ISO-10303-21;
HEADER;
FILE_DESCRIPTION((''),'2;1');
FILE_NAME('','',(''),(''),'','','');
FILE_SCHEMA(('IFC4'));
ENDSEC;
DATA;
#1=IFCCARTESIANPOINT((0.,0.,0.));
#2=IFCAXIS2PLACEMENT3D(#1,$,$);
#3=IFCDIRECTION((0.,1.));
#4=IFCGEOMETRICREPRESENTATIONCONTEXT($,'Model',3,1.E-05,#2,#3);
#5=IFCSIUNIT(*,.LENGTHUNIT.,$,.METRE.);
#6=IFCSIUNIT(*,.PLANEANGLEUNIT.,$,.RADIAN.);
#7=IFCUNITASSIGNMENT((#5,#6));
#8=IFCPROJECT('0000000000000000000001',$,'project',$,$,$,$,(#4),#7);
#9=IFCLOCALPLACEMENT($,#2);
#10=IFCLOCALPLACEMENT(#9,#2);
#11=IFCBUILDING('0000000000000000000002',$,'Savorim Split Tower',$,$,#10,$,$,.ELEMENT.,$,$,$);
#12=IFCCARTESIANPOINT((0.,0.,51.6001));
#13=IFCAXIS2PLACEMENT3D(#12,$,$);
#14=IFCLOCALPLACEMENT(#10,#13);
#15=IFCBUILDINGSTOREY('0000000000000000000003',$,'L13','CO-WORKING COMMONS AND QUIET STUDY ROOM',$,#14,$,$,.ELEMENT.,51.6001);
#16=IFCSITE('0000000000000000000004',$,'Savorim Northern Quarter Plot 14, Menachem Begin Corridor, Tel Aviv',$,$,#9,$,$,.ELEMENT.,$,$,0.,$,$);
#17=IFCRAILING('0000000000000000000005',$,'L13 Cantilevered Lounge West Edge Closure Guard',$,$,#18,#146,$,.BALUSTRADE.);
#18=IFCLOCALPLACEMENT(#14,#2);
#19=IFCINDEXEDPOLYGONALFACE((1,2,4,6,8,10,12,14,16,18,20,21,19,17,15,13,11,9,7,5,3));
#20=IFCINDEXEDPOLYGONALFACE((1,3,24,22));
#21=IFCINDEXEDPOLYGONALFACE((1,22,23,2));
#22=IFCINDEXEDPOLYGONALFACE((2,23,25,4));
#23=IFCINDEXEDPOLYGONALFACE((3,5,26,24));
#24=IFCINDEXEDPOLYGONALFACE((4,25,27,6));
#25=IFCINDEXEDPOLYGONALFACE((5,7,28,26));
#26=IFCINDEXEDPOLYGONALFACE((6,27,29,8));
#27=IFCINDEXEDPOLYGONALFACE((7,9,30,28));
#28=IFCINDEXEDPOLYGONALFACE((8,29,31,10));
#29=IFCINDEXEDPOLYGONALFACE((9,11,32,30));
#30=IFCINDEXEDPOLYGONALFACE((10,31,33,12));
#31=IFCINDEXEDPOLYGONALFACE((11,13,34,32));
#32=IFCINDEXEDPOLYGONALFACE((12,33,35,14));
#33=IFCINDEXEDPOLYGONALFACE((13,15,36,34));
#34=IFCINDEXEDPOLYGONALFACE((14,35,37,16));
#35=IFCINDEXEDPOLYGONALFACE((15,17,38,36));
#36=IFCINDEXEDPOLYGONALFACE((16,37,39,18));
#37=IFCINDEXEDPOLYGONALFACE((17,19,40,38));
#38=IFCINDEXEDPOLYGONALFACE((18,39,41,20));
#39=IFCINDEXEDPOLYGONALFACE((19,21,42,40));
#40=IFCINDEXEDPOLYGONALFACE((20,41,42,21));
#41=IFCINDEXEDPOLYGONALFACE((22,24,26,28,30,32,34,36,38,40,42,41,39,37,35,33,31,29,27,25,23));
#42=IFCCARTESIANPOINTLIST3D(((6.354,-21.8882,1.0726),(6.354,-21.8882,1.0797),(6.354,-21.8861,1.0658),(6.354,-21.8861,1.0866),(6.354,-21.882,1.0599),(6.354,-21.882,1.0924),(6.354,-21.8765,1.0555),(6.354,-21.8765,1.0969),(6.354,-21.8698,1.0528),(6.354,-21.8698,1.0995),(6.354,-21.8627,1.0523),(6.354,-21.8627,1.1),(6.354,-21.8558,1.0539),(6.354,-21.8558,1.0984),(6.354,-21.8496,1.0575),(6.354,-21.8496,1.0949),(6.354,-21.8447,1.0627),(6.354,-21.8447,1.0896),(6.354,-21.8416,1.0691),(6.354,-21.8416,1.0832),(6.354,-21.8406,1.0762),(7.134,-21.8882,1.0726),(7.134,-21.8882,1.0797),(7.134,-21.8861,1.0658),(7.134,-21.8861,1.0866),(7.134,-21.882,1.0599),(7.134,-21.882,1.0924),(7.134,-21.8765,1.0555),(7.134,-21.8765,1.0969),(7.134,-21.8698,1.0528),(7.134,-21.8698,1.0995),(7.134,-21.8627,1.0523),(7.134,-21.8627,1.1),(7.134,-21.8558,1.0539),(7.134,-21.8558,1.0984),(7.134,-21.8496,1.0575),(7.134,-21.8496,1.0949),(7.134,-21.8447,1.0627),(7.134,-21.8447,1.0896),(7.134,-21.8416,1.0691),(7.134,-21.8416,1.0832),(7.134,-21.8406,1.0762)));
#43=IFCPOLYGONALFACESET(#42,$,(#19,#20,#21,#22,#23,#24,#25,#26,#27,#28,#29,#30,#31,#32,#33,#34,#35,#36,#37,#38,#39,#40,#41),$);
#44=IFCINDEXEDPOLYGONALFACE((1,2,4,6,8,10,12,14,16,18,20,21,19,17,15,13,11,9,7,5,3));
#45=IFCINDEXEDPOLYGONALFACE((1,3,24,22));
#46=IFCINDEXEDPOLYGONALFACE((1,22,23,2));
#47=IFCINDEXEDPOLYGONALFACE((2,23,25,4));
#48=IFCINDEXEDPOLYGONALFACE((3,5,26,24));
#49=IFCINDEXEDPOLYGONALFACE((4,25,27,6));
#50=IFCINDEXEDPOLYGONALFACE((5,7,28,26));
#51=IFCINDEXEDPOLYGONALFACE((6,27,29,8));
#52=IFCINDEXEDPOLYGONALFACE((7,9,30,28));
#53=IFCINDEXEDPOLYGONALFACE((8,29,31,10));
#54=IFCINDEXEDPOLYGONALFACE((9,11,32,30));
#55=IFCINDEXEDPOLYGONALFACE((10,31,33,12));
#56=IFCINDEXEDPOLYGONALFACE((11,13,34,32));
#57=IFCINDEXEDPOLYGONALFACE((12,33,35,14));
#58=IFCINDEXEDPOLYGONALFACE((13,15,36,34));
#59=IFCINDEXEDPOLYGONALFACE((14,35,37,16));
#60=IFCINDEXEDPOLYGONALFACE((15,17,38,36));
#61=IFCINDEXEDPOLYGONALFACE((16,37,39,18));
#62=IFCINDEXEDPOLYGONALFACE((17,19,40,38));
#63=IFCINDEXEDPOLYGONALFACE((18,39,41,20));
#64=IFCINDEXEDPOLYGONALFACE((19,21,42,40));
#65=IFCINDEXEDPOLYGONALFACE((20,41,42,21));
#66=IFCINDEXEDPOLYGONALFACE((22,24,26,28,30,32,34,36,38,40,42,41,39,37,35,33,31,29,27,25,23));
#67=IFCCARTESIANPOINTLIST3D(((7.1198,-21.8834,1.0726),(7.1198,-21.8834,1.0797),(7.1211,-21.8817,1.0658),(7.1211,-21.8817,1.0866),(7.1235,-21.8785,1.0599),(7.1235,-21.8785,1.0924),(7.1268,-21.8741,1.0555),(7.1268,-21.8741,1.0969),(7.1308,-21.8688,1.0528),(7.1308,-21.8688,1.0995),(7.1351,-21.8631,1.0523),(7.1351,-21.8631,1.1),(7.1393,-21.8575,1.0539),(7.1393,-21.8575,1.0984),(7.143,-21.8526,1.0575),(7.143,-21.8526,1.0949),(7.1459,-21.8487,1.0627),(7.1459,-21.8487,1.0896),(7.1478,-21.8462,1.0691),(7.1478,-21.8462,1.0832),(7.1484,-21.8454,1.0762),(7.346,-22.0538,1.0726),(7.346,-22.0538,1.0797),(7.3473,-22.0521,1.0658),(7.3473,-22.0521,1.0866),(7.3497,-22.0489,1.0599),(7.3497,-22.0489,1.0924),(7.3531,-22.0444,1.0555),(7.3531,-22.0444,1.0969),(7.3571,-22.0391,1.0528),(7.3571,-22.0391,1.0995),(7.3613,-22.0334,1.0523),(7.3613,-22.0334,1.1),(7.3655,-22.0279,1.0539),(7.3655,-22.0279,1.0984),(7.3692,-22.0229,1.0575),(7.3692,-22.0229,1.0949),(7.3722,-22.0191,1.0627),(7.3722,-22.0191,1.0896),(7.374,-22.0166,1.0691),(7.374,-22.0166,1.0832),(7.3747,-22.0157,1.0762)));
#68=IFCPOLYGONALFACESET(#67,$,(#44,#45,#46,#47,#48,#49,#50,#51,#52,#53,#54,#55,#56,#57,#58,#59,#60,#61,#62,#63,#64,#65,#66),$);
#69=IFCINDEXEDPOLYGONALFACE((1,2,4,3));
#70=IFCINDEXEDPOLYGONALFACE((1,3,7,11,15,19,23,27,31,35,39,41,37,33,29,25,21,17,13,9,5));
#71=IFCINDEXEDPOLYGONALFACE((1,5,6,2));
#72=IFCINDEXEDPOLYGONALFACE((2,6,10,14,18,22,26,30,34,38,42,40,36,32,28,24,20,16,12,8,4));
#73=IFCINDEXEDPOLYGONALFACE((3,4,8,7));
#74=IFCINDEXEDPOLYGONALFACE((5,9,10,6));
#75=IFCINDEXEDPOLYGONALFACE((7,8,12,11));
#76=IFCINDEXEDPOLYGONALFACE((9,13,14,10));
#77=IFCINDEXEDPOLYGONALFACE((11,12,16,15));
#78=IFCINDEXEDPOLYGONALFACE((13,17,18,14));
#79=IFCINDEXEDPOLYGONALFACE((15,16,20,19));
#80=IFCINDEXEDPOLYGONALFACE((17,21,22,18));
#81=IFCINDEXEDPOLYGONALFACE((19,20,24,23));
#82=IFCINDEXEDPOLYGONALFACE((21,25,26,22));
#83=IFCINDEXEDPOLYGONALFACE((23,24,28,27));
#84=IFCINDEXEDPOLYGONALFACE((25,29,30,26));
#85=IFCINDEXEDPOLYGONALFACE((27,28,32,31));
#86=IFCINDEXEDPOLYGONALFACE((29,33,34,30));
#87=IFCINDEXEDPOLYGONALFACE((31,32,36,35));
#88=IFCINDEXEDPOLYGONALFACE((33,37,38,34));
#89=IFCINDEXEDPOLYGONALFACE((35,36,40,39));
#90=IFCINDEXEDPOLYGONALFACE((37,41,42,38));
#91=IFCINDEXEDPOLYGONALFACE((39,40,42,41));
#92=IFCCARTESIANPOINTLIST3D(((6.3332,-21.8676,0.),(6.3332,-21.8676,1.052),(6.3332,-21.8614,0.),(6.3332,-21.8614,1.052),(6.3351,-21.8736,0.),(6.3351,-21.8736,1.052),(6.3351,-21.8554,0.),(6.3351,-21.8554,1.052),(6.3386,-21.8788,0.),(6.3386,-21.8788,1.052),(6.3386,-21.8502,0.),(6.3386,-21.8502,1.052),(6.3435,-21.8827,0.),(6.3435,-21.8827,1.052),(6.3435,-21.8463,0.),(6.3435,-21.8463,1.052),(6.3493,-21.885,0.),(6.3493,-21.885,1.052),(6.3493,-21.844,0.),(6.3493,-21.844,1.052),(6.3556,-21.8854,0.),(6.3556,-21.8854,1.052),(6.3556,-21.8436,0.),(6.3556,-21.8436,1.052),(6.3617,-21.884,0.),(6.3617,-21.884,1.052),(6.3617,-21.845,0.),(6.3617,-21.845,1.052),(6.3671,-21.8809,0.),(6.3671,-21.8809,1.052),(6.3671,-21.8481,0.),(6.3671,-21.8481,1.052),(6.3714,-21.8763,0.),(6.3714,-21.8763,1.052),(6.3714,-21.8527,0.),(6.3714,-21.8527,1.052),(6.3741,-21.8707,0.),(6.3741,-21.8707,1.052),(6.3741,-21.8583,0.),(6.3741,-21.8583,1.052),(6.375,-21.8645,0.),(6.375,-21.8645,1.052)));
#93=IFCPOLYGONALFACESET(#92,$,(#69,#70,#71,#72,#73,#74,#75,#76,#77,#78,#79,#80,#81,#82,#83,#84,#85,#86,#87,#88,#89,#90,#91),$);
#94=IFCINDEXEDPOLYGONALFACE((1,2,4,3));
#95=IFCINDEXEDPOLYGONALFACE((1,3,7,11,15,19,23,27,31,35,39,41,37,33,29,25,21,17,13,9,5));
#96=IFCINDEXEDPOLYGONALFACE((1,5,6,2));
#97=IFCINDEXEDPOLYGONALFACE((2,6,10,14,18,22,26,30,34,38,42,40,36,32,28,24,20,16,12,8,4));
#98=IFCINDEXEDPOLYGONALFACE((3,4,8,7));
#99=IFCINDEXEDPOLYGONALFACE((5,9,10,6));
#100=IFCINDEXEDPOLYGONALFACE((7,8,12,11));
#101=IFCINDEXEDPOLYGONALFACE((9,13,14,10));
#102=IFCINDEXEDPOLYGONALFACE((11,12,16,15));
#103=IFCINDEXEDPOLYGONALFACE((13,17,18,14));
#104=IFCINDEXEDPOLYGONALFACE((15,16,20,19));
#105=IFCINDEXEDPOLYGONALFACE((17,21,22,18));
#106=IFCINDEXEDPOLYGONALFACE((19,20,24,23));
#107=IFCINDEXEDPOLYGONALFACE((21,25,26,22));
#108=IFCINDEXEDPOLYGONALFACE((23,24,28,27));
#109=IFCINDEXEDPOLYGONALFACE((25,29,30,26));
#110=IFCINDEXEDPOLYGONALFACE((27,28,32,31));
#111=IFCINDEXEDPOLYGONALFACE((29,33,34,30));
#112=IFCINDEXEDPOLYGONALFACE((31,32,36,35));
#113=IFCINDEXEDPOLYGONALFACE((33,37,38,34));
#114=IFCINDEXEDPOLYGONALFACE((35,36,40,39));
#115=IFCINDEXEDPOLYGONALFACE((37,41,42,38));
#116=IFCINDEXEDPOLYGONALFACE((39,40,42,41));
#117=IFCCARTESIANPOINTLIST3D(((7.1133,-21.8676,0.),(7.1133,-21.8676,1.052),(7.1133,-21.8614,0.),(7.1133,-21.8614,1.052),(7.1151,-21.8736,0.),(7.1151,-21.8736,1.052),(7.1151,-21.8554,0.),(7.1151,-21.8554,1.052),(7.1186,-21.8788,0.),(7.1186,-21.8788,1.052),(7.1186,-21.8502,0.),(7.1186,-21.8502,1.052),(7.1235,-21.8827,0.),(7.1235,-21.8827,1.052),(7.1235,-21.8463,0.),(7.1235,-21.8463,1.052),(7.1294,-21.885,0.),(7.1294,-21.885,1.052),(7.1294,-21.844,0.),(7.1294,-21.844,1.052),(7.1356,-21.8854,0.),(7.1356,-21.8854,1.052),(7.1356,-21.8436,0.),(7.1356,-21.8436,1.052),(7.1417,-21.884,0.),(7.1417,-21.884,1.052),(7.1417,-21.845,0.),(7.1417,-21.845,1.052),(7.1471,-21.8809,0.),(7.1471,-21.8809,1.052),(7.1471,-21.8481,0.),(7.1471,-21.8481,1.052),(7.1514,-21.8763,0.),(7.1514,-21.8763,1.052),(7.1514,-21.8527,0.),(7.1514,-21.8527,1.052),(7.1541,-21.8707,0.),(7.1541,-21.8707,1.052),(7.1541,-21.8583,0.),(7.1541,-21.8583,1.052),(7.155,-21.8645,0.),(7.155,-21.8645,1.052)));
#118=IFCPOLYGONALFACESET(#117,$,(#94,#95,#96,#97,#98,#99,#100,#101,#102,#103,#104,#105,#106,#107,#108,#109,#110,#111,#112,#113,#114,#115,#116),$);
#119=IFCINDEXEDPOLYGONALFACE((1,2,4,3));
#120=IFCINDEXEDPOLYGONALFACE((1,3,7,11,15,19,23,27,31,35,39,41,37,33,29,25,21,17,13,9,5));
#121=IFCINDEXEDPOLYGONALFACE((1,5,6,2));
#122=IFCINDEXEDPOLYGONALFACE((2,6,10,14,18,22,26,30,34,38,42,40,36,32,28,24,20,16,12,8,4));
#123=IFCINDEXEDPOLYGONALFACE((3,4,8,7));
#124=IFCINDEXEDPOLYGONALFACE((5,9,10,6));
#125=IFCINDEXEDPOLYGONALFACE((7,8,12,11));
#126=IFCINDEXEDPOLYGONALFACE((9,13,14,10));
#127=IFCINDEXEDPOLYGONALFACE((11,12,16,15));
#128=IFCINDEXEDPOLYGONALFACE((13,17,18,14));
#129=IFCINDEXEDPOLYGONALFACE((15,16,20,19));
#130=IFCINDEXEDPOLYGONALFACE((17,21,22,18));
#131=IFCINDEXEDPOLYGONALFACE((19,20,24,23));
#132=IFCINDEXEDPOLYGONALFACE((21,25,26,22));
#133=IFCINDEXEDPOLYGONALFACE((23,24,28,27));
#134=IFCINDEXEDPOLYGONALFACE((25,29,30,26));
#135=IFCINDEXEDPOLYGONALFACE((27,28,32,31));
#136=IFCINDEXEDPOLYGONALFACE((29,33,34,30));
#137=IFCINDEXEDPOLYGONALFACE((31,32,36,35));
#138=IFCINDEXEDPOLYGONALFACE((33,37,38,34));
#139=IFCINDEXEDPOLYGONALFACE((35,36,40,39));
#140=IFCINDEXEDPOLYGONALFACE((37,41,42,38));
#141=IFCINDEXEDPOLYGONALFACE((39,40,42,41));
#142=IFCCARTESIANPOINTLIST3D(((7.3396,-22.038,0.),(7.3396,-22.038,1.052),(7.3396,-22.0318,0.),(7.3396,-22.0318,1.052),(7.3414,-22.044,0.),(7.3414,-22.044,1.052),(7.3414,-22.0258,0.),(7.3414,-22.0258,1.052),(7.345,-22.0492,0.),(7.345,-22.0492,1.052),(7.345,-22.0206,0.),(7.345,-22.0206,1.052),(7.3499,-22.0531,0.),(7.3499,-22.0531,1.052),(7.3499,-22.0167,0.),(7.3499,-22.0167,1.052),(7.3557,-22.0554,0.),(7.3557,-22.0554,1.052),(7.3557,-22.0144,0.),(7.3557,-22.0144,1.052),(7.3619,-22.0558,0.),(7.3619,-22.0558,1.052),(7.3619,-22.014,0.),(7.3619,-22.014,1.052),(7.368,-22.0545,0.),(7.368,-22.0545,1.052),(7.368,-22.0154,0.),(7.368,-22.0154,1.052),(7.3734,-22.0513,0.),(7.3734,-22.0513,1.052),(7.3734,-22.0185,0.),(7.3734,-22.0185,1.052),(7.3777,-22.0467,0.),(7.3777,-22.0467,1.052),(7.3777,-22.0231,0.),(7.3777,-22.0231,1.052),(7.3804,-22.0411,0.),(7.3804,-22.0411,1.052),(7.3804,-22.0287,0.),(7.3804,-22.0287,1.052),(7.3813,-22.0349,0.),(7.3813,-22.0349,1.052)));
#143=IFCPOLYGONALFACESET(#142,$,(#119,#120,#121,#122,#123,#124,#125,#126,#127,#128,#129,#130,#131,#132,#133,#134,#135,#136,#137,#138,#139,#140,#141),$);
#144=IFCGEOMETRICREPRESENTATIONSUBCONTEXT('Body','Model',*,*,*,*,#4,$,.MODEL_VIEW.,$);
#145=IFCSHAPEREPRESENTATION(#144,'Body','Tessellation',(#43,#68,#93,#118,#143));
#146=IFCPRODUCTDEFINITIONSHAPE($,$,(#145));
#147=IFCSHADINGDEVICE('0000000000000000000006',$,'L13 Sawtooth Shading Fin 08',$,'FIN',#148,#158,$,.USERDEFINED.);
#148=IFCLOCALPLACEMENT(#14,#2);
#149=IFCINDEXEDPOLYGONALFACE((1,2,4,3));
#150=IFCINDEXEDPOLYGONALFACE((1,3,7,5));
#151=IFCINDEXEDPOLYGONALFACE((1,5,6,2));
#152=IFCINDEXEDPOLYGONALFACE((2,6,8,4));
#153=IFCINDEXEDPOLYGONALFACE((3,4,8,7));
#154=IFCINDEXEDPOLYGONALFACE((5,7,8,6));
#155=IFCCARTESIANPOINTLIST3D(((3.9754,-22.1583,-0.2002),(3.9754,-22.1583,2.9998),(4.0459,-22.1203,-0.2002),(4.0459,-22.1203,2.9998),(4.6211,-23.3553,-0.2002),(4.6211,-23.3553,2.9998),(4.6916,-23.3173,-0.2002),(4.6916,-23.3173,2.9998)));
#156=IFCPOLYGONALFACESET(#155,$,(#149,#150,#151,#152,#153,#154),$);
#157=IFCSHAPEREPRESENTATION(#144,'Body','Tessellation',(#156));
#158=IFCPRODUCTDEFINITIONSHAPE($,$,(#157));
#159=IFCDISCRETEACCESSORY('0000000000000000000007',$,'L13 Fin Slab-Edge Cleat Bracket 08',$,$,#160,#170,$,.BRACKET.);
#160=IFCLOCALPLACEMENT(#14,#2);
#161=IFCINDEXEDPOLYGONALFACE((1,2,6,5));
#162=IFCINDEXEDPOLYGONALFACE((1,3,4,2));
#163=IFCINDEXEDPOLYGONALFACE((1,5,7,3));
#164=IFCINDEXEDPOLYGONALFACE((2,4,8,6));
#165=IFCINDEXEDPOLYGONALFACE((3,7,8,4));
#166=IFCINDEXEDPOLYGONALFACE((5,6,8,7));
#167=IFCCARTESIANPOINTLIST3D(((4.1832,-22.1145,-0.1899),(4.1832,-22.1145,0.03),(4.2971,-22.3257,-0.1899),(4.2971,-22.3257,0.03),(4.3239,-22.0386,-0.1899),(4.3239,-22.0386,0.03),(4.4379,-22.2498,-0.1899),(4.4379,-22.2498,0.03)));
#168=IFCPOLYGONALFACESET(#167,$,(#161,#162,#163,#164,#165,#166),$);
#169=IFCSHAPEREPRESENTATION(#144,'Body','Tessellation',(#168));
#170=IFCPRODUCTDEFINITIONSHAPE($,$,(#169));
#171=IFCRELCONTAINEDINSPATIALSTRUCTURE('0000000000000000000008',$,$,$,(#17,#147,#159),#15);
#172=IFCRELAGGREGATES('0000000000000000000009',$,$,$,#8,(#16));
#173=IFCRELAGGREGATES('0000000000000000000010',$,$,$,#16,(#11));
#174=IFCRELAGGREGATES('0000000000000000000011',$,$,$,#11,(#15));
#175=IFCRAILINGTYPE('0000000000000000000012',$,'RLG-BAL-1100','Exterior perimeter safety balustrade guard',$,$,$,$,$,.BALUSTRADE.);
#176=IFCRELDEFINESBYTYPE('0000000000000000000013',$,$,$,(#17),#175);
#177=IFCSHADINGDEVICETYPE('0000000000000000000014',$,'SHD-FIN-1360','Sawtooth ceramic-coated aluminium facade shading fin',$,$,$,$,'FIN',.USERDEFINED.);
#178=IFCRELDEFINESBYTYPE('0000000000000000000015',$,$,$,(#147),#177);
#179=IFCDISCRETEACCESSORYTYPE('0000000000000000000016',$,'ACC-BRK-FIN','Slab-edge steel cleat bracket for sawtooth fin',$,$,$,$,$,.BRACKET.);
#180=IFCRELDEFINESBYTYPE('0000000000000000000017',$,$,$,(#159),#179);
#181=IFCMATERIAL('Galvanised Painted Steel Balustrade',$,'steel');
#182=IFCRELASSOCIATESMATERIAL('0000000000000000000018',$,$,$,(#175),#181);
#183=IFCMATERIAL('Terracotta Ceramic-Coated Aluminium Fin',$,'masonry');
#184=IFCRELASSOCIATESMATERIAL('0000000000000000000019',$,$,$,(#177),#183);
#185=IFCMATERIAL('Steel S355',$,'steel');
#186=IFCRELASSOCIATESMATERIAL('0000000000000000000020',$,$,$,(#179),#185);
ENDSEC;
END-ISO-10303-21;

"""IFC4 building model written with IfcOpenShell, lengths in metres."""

from ifc_helpers import new_model, si_unit, direction, frame, origin, origin_2d, place, context, subcontext, project, spatial, rectangle, circle, extrude, material, type_object, element, save


model = new_model("IFC4")

# Units and contexts
model_context = context("Model", 3, precision=1e-05, world=origin(), true_north=direction((0.0, 1.0)))
body_context = subcontext(model_context, "Body", "Model", "MODEL_VIEW")
ifc_project = project(units=[si_unit("LENGTHUNIT", "METRE"), si_unit("PLANEANGLEUNIT", "RADIAN")], contexts=[model_context])

# Site, building, storey
site_placement = place(None, origin())
site = spatial("IfcSite", under=ifc_project, at=site_placement, Name="Savorim Northern Quarter Plot 14, Menachem Begin Corridor, Tel Aviv", CompositionType="ELEMENT", RefElevation=0.0)
building_placement = place(site_placement, origin())
building = spatial("IfcBuilding", under=site, at=building_placement, Name="Savorim Split Tower", CompositionType="ELEMENT")
storey_placement = place(building_placement, frame((0.0, 0.0, 51.6001)))
storey = spatial("IfcBuildingStorey", under=building, at=storey_placement, Name="L13", Description="CO-WORKING COMMONS AND QUIET STUDY ROOM", CompositionType="ELEMENT", Elevation=51.6001)

# Shared definitions
ifc_material_1 = material(Name="Steel S355", Category="steel")

# Railing
ifc_material_2 = material(Name="Galvanised Painted Steel Balustrade", Category="steel")
railing_type = type_object("IfcRailingType", Name="RLG-BAL-1100", Description="Exterior perimeter safety balustrade guard", PredefinedType="BALUSTRADE", material=ifc_material_2)
railing_placement = place(storey_placement, frame((6.354, -21.8645, 0.0)))
element("IfcRailing", 1, at=railing_placement, inside=storey, type_object=railing_type, Name="L13 Cantilevered Lounge West Edge Closure Guard", PredefinedType="BALUSTRADE", context=body_context, shape_type="SweptSolid", body=[
    extrude(circle(Radius=0.0239, at=origin_2d()), frame((0.0, 0.0, 1.0762), z_axis=(1.0, 0.0, 0.0), x_axis=(0.0, 1.0, 0.0)), (0.0, 0.0, 1.0), 0.78),
    extrude(circle(Radius=0.0239, at=origin_2d()), frame((0.78, 0.0, 1.0762), z_axis=(0.798861, -0.601516, 0.0), x_axis=(0.601516, 0.798861, 0.0)), (0.0, 0.0, 1.0), 0.2832),
    extrude(circle(Radius=0.021, at=origin_2d()), origin(), (0.0, 0.0, 1.0), 1.052),
    extrude(circle(Radius=0.021, at=origin_2d()), frame((0.78, 0.0, 0.0)), (0.0, 0.0, 1.0), 1.052),
    extrude(circle(Radius=0.021, at=origin_2d()), frame((1.0063, -0.1704, 0.0)), (0.0, 0.0, 1.0), 1.052),
])

# Shading device
ifc_material_3 = material(Name="Terracotta Ceramic-Coated Aluminium Fin", Category="masonry")
shading_device_type = type_object("IfcShadingDeviceType", Name="SHD-FIN-1360", Description="Sawtooth ceramic-coated aluminium facade shading fin", ElementType="FIN", PredefinedType="USERDEFINED", material=ifc_material_3)
shading_device_placement = place(storey_placement, frame((4.3335, -22.7378, -0.2002), z_axis=(0.0, 0.0, 1.0), x_axis=(0.474778, -0.880106, 0.0)))
element("IfcShadingDevice", 2, at=shading_device_placement, inside=storey, type_object=shading_device_type, Name="L13 Sawtooth Shading Fin 08", ObjectType="FIN", PredefinedType="USERDEFINED", context=body_context, shape_type="SweptSolid", body=[
    extrude(rectangle(XDim=1.3601, YDim=0.0801, at=origin_2d()), origin(), (0.0, 0.0, 1.0), 3.2),
])

# Discrete accessory
discrete_accessory_type = type_object("IfcDiscreteAccessoryType", Name="ACC-BRK-FIN", Description="Slab-edge steel cleat bracket for sawtooth fin", PredefinedType="BRACKET", material=ifc_material_1)
discrete_accessory_placement = place(storey_placement, frame((4.3105, -22.1821, -0.1899), z_axis=(0.0, 0.0, 1.0), x_axis=(0.474778, -0.880106, 0.0)))
element("IfcDiscreteAccessory", 3, at=discrete_accessory_placement, inside=storey, type_object=discrete_accessory_type, Name="L13 Fin Slab-Edge Cleat Bracket 08", PredefinedType="BRACKET", context=body_context, shape_type="SweptSolid", body=[
    extrude(rectangle(XDim=0.24, YDim=0.1599, at=origin_2d()), origin(), (0.0, 0.0, 1.0), 0.22),
])

save(model, "model.ifc")
